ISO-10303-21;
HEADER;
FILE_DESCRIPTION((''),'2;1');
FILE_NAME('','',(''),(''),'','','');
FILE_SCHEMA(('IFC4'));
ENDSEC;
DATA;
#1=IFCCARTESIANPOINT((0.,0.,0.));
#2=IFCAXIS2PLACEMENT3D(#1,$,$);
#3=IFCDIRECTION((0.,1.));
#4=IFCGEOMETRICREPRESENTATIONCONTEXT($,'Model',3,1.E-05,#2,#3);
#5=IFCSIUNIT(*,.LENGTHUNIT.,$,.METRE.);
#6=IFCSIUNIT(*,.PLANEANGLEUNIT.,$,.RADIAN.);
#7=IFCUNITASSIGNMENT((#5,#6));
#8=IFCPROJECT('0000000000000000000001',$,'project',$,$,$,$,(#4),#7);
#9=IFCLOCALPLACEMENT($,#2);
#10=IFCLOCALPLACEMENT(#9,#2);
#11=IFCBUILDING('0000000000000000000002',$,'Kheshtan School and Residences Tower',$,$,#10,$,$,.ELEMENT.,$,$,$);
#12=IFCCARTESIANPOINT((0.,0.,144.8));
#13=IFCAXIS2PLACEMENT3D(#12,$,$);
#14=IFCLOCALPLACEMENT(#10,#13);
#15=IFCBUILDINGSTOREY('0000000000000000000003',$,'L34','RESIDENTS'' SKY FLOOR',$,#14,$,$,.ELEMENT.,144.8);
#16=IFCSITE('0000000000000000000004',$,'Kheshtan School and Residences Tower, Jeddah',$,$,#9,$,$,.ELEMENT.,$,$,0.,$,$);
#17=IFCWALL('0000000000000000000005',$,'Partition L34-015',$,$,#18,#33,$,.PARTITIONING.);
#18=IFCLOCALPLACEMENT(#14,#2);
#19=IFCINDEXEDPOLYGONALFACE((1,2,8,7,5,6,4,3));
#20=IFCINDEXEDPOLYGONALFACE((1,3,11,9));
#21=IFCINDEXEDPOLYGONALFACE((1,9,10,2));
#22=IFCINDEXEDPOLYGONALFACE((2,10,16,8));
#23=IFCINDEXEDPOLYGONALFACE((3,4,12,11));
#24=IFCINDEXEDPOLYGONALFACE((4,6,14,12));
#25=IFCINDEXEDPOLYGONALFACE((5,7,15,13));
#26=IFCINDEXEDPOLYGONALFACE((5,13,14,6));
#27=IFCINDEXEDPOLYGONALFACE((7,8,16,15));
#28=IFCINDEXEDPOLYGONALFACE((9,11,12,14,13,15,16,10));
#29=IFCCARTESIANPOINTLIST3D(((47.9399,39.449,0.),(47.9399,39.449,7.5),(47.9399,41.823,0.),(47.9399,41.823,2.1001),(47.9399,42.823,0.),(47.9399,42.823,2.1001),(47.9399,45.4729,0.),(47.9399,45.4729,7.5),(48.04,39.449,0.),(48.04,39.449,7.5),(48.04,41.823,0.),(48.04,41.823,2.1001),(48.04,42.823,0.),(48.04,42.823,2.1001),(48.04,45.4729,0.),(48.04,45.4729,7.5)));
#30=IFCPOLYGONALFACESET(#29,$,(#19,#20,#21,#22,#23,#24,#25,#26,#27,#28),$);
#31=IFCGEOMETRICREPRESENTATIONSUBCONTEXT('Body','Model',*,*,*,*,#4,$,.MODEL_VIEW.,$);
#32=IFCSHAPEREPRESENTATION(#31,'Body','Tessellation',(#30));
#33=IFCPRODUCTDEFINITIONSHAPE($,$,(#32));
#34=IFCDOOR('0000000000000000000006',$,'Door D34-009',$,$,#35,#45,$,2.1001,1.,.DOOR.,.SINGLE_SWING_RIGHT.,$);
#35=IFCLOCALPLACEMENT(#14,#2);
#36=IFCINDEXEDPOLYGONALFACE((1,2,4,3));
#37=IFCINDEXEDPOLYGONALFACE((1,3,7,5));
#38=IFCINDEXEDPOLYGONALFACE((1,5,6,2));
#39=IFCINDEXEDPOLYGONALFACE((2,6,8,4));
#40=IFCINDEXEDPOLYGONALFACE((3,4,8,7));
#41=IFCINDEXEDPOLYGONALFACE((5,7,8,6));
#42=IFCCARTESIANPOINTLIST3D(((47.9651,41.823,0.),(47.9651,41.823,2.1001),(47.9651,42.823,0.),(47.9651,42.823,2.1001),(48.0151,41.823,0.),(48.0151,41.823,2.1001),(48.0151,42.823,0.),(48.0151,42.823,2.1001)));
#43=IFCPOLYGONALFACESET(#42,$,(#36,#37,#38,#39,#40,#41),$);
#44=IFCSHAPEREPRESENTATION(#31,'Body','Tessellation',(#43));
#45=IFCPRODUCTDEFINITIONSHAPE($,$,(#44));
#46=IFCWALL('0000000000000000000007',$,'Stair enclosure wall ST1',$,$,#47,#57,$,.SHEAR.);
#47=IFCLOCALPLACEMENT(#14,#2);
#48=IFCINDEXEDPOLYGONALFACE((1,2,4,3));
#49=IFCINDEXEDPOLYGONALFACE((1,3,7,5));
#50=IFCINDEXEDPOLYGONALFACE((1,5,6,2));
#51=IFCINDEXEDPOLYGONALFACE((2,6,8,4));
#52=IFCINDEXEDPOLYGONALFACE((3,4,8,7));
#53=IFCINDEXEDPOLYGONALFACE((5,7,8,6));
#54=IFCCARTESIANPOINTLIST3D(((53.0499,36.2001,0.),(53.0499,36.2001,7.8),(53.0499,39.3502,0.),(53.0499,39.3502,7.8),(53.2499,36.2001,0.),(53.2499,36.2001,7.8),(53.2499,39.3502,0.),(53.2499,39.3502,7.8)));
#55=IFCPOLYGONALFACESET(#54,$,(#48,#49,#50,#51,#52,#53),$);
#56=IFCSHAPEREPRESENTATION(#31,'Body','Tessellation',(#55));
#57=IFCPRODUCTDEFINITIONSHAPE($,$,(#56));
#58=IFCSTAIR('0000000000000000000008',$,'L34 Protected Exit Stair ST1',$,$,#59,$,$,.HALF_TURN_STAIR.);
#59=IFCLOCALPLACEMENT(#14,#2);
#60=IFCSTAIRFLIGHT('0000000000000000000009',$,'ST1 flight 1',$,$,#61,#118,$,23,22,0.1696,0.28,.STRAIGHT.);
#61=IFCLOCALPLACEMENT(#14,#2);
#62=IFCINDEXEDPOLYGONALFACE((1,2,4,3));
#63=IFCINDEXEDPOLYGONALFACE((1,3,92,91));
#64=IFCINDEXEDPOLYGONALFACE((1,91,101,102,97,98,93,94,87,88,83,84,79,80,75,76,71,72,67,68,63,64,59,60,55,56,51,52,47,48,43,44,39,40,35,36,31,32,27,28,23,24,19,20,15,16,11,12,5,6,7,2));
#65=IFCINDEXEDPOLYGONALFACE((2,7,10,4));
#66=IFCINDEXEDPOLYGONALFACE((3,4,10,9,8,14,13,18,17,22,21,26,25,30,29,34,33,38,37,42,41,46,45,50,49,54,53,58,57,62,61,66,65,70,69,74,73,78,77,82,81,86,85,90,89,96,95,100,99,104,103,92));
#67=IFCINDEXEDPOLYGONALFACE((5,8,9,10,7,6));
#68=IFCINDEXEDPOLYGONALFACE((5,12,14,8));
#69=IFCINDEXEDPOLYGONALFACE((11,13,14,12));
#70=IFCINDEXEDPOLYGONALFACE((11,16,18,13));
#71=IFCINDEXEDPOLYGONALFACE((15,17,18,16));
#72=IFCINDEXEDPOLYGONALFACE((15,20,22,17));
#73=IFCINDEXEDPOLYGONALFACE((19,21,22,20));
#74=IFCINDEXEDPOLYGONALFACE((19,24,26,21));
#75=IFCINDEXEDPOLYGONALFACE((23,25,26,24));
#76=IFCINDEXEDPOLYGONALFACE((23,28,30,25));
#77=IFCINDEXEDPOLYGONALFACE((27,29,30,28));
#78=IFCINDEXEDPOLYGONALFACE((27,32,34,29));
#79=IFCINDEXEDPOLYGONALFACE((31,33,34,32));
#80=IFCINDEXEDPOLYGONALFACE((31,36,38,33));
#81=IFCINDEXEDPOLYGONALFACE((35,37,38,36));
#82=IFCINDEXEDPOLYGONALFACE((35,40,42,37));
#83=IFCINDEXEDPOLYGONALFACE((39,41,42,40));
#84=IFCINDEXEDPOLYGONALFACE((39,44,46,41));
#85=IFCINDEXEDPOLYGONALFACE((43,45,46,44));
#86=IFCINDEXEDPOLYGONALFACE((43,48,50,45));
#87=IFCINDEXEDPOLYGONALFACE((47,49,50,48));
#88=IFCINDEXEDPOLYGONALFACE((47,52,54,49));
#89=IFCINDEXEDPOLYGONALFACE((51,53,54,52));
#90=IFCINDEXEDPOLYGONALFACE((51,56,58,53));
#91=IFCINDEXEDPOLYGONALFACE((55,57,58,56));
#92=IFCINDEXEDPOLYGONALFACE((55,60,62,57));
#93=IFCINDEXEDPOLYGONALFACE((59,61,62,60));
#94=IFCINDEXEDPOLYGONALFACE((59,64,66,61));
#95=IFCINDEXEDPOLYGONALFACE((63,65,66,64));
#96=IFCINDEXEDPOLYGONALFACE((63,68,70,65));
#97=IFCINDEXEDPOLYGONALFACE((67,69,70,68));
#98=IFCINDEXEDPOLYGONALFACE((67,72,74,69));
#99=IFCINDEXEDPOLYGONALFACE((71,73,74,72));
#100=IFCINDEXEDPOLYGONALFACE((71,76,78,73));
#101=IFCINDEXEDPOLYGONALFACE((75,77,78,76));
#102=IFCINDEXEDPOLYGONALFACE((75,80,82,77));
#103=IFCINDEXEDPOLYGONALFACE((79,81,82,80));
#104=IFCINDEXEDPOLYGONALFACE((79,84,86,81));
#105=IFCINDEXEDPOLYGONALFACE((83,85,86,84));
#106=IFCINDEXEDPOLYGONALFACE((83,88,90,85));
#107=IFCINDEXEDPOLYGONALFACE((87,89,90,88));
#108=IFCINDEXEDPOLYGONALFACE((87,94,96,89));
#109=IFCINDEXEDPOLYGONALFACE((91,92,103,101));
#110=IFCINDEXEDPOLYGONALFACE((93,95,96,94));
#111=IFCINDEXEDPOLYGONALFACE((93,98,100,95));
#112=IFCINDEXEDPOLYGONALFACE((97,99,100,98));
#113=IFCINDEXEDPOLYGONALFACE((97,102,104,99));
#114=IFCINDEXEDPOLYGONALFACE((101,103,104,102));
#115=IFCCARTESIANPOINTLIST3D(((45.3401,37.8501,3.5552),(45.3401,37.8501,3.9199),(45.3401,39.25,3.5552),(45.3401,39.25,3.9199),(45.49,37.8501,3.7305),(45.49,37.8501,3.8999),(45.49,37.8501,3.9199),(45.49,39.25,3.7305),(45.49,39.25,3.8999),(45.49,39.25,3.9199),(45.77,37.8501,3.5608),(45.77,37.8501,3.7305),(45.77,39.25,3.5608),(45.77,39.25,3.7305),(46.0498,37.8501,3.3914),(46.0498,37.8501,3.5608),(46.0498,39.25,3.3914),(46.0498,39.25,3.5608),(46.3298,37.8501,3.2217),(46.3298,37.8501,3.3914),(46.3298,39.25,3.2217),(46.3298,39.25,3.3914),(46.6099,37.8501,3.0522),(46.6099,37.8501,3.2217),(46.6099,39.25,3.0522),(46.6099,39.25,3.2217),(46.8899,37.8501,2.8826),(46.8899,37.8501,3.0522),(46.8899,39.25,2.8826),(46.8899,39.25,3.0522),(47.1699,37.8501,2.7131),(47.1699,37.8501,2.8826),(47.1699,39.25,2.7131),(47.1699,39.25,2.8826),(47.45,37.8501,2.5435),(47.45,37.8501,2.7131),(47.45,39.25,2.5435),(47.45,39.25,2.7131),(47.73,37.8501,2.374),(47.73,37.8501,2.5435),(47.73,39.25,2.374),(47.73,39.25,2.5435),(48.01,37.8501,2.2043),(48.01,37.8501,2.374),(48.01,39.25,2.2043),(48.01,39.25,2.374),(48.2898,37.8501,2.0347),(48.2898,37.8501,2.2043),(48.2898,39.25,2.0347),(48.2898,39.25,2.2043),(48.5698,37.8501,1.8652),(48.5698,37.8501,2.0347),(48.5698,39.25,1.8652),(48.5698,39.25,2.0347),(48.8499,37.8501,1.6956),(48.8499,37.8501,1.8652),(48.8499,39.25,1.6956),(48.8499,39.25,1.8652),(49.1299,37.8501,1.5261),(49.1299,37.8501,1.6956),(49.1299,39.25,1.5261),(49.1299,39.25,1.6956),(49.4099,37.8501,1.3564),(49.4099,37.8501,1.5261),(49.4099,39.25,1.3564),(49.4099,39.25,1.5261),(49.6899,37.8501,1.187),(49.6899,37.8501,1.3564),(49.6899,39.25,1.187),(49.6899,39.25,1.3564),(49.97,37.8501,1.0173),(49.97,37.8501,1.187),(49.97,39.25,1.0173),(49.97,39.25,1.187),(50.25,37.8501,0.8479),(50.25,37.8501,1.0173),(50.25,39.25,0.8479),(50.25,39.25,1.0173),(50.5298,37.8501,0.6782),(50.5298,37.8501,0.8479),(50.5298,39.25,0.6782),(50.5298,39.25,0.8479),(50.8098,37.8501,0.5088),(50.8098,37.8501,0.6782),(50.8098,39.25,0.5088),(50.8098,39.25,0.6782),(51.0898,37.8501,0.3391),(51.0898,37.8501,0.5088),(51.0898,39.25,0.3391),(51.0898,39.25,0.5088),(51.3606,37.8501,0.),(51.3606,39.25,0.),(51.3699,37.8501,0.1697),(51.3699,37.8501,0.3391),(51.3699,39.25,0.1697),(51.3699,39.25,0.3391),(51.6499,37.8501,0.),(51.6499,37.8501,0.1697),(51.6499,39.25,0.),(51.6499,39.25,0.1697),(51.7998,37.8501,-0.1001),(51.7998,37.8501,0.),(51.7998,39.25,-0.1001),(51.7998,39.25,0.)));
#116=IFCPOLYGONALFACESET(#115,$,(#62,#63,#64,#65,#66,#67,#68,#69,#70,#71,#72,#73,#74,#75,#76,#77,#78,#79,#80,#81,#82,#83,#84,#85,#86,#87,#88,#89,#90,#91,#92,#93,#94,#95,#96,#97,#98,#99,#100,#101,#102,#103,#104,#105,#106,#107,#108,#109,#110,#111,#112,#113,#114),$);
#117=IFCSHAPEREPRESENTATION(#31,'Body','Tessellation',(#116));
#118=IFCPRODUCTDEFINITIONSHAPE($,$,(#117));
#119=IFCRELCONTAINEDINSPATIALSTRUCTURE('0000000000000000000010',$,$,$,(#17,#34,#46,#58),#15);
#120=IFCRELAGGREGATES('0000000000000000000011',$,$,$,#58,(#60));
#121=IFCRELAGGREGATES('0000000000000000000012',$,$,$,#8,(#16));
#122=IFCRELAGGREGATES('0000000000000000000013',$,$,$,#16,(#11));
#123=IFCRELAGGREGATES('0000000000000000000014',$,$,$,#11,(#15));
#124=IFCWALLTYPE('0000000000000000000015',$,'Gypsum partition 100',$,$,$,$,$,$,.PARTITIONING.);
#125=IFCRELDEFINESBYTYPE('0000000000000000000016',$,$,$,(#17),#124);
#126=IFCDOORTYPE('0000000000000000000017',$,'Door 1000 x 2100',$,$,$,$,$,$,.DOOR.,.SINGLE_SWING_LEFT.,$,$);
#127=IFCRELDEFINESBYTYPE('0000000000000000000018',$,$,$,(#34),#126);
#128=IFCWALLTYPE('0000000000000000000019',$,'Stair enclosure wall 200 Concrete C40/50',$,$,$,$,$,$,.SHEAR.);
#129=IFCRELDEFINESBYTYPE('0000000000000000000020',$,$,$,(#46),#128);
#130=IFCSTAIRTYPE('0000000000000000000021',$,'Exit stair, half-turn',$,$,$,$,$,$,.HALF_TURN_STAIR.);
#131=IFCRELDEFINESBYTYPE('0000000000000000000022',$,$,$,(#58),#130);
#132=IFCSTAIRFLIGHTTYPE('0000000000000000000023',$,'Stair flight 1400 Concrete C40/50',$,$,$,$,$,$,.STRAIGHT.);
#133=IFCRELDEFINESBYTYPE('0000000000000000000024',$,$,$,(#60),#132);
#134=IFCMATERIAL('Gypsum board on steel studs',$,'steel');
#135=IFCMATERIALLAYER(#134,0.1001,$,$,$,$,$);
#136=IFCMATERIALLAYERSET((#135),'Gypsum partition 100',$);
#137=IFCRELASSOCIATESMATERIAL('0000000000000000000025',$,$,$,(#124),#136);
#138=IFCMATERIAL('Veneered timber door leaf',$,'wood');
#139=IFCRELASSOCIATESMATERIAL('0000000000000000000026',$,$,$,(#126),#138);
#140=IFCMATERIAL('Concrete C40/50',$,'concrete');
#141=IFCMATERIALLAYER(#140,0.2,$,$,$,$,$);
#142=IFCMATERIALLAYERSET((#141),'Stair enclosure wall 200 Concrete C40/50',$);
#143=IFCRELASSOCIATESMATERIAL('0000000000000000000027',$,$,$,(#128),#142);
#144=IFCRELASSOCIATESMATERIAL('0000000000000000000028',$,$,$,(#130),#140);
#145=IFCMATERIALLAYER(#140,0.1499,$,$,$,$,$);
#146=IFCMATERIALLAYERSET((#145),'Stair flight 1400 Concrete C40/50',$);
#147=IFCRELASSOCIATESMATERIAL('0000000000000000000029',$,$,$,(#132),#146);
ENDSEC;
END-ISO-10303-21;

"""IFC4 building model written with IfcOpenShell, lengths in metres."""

from ifc_helpers import new_model, si_unit, direction, frame, frame_2d, origin, place, context, subcontext, project, spatial, polyline, rectangle, outline, extrude, source, transform, mapped, material, layer, layer_set, type_object, element, fill, aggregate, save


model = new_model("IFC4")

# Units and contexts
model_context = context("Model", 3, precision=1e-05, world=origin(), true_north=direction((0.0, 1.0)))
body_context = subcontext(model_context, "Body", "Model", "MODEL_VIEW")
ifc_project = project(units=[si_unit("LENGTHUNIT", "METRE"), si_unit("PLANEANGLEUNIT", "RADIAN")], contexts=[model_context])

# Site, building, storey
site_placement = place(None, origin())
site = spatial("IfcSite", under=ifc_project, at=site_placement, Name="Kheshtan School and Residences Tower, Jeddah", CompositionType="ELEMENT", RefElevation=0.0)
building_placement = place(site_placement, origin())
building = spatial("IfcBuilding", under=site, at=building_placement, Name="Kheshtan School and Residences Tower", CompositionType="ELEMENT")
storey_placement = place(building_placement, frame((0.0, 0.0, 144.8)))
storey = spatial("IfcBuildingStorey", under=building, at=storey_placement, Name="L34", Description="RESIDENTS' SKY FLOOR", CompositionType="ELEMENT", Elevation=144.8)

# Wall, opening, door
ifc_material_1 = material(Name="Gypsum board on steel studs", Category="steel")
ifc_layer_1 = layer(ifc_material_1, 0.1001)
ifc_layer_set_1 = layer_set([ifc_layer_1], Name="Gypsum partition 100")
wall_type_1 = type_object("IfcWallType", Name="Gypsum partition 100", PredefinedType="PARTITIONING", material=ifc_layer_set_1)
wall_1_placement = place(storey_placement, frame((47.99, 39.449, 0.0), z_axis=(0.0, 0.0, 1.0), x_axis=(0.0, 1.0, 0.0)))
wall_1 = element("IfcWall", 1, at=wall_1_placement, inside=storey, type_object=wall_type_1, Name="Partition L34-015", PredefinedType="PARTITIONING", context=body_context, shape_type="SweptSolid", body=[
    extrude(rectangle(XDim=6.0239, YDim=0.1001, at=frame_2d((3.012, 0.0))), origin(), (0.0, 0.0, 1.0), 7.5),
])
opening_placement = place(wall_1_placement, frame((2.374, 0.0, 0.0)))
opening = element("IfcOpeningElement", 2, at=opening_placement, cuts=wall_1, PredefinedType="OPENING", context=body_context, shape_type="SweptSolid", body=[
    extrude(rectangle(XDim=1.0, YDim=2.1001, at=frame_2d((0.5, 1.05))), frame((0.0, 0.0601, 0.0), z_axis=(0.0, -1.0, 0.0), x_axis=(1.0, 0.0, 0.0)), (0.0, 0.0, 1.0), 0.1201),
])
ifc_material_2 = material(Name="Veneered timber door leaf", Category="wood")
door_type = type_object("IfcDoorType", Name="Door 1000 x 2100", OperationType="SINGLE_SWING_LEFT", PredefinedType="DOOR", material=ifc_material_2)
shared_shape = source(origin(), body_context, "Body", "SweptSolid", [
    extrude(rectangle(XDim=1.0, YDim=2.1001, at=frame_2d((0.5, 1.05))), frame((0.0, 0.0249, 0.0), z_axis=(0.0, -1.0, 0.0), x_axis=(1.0, 0.0, 0.0)), (0.0, 0.0, 1.0), 0.05),
])
door_placement = place(opening_placement, origin())
door = element("IfcDoor", 3, at=door_placement, inside=storey, type_object=door_type, Name="Door D34-009", OperationType="SINGLE_SWING_RIGHT", OverallHeight=2.1001, OverallWidth=1.0, PredefinedType="DOOR", context=body_context, shape_type="MappedRepresentation", body=[
    mapped(shared_shape, transform((0.0, 0.0, 0.0), x_axis=(1.0, 0.0, 0.0), y_axis=(0.0, 1.0, 0.0), z_axis=(0.0, 0.0, 1.0), scale=1.0)),
])
fill(opening, door)

# Wall
ifc_material_3 = material(Name="Concrete C40/50", Category="concrete")
ifc_layer_2 = layer(ifc_material_3, 0.2)
ifc_layer_set_2 = layer_set([ifc_layer_2], Name="Stair enclosure wall 200 Concrete C40/50")
wall_type_2 = type_object("IfcWallType", Name="Stair enclosure wall 200 Concrete C40/50", PredefinedType="SHEAR", material=ifc_layer_set_2)
wall_2_placement = place(storey_placement, frame((53.1499, 36.2, 0.0), z_axis=(0.0, 0.0, 1.0), x_axis=(0.0, 1.0, 0.0)))
element("IfcWall", 4, at=wall_2_placement, inside=storey, type_object=wall_type_2, Name="Stair enclosure wall ST1", PredefinedType="SHEAR", context=body_context, shape_type="SweptSolid", body=[
    extrude(rectangle(XDim=3.1501, YDim=0.2, at=frame_2d((1.5752, 0.0))), origin(), (0.0, 0.0, 1.0), 7.8),
])

# Stair, stair flight
stair_type = type_object("IfcStairType", Name="Exit stair, half-turn", PredefinedType="HALF_TURN_STAIR", material=ifc_material_3)
stair_placement = place(storey_placement, origin())
stair = element("IfcStair", 5, at=stair_placement, inside=storey, type_object=stair_type, Name="L34 Protected Exit Stair ST1", PredefinedType="HALF_TURN_STAIR")
ifc_layer_3 = layer(ifc_material_3, 0.1499)
ifc_layer_set_3 = layer_set([ifc_layer_3], Name="Stair flight 1400 Concrete C40/50")
stair_flight_type = type_object("IfcStairFlightType", Name="Stair flight 1400 Concrete C40/50", PredefinedType="STRAIGHT", material=ifc_layer_set_3)
stair_flight_placement = place(storey_placement, frame((51.6499, 38.55, 0.0), z_axis=(0.0, 0.0, 1.0), x_axis=(-1.0, 0.0, 0.0)))
stair_flight = element("IfcStairFlight", 6, at=stair_flight_placement, type_object=stair_flight_type, Name="ST1 flight 1", NumberOfRisers=23, NumberOfTreads=22, PredefinedType="STRAIGHT", RiserHeight=0.1696, TreadLength=0.28, context=body_context, shape_type="SweptSolid", body=[
    extrude(outline(polyline([(-0.1499, -0.1001), (-0.1499, 0.0), (0.0, 0.0), (0.0, 0.1697), (0.28, 0.1697), (0.28, 0.3391), (0.5601, 0.3391), (0.5601, 0.5088), (0.8401, 0.5088), (0.8401, 0.6782), (1.1201, 0.6782), (1.1201, 0.8479), (1.3999, 0.8479), (1.3999, 1.0173), (1.6799, 1.0173), (1.6799, 1.187), (1.96, 1.187), (1.96, 1.3564), (2.24, 1.3564), (2.24, 1.5261), (2.52, 1.5261), (2.52, 1.6956), (2.8, 1.6956), (2.8, 1.8652), (3.0801, 1.8652), (3.0801, 2.0347), (3.3601, 2.0347), (3.3601, 2.2043), (3.6399, 2.2043), (3.6399, 2.374), (3.9199, 2.374), (3.9199, 2.5435), (4.2, 2.5435), (4.2, 2.7131), (4.48, 2.7131), (4.48, 2.8826), (4.76, 2.8826), (4.76, 3.0522), (5.04, 3.0522), (5.04, 3.2217), (5.3201, 3.2217), (5.3201, 3.3914), (5.6001, 3.3914), (5.6001, 3.5608), (5.8799, 3.5608), (5.8799, 3.7305), (6.1599, 3.7305), (6.1599, 3.8999), (6.1599, 3.9199), (6.3098, 3.9199), (6.3098, 3.5552), (0.2893, 0.0), (-0.1499, -0.1001)])), frame((0.0, 0.7, 0.0), z_axis=(0.0, -1.0, 0.0), x_axis=(1.0, 0.0, 0.0)), (0.0, 0.0, 1.0), 1.3999),
])
aggregate(stair, [stair_flight])

save(model, "model.ifc")
